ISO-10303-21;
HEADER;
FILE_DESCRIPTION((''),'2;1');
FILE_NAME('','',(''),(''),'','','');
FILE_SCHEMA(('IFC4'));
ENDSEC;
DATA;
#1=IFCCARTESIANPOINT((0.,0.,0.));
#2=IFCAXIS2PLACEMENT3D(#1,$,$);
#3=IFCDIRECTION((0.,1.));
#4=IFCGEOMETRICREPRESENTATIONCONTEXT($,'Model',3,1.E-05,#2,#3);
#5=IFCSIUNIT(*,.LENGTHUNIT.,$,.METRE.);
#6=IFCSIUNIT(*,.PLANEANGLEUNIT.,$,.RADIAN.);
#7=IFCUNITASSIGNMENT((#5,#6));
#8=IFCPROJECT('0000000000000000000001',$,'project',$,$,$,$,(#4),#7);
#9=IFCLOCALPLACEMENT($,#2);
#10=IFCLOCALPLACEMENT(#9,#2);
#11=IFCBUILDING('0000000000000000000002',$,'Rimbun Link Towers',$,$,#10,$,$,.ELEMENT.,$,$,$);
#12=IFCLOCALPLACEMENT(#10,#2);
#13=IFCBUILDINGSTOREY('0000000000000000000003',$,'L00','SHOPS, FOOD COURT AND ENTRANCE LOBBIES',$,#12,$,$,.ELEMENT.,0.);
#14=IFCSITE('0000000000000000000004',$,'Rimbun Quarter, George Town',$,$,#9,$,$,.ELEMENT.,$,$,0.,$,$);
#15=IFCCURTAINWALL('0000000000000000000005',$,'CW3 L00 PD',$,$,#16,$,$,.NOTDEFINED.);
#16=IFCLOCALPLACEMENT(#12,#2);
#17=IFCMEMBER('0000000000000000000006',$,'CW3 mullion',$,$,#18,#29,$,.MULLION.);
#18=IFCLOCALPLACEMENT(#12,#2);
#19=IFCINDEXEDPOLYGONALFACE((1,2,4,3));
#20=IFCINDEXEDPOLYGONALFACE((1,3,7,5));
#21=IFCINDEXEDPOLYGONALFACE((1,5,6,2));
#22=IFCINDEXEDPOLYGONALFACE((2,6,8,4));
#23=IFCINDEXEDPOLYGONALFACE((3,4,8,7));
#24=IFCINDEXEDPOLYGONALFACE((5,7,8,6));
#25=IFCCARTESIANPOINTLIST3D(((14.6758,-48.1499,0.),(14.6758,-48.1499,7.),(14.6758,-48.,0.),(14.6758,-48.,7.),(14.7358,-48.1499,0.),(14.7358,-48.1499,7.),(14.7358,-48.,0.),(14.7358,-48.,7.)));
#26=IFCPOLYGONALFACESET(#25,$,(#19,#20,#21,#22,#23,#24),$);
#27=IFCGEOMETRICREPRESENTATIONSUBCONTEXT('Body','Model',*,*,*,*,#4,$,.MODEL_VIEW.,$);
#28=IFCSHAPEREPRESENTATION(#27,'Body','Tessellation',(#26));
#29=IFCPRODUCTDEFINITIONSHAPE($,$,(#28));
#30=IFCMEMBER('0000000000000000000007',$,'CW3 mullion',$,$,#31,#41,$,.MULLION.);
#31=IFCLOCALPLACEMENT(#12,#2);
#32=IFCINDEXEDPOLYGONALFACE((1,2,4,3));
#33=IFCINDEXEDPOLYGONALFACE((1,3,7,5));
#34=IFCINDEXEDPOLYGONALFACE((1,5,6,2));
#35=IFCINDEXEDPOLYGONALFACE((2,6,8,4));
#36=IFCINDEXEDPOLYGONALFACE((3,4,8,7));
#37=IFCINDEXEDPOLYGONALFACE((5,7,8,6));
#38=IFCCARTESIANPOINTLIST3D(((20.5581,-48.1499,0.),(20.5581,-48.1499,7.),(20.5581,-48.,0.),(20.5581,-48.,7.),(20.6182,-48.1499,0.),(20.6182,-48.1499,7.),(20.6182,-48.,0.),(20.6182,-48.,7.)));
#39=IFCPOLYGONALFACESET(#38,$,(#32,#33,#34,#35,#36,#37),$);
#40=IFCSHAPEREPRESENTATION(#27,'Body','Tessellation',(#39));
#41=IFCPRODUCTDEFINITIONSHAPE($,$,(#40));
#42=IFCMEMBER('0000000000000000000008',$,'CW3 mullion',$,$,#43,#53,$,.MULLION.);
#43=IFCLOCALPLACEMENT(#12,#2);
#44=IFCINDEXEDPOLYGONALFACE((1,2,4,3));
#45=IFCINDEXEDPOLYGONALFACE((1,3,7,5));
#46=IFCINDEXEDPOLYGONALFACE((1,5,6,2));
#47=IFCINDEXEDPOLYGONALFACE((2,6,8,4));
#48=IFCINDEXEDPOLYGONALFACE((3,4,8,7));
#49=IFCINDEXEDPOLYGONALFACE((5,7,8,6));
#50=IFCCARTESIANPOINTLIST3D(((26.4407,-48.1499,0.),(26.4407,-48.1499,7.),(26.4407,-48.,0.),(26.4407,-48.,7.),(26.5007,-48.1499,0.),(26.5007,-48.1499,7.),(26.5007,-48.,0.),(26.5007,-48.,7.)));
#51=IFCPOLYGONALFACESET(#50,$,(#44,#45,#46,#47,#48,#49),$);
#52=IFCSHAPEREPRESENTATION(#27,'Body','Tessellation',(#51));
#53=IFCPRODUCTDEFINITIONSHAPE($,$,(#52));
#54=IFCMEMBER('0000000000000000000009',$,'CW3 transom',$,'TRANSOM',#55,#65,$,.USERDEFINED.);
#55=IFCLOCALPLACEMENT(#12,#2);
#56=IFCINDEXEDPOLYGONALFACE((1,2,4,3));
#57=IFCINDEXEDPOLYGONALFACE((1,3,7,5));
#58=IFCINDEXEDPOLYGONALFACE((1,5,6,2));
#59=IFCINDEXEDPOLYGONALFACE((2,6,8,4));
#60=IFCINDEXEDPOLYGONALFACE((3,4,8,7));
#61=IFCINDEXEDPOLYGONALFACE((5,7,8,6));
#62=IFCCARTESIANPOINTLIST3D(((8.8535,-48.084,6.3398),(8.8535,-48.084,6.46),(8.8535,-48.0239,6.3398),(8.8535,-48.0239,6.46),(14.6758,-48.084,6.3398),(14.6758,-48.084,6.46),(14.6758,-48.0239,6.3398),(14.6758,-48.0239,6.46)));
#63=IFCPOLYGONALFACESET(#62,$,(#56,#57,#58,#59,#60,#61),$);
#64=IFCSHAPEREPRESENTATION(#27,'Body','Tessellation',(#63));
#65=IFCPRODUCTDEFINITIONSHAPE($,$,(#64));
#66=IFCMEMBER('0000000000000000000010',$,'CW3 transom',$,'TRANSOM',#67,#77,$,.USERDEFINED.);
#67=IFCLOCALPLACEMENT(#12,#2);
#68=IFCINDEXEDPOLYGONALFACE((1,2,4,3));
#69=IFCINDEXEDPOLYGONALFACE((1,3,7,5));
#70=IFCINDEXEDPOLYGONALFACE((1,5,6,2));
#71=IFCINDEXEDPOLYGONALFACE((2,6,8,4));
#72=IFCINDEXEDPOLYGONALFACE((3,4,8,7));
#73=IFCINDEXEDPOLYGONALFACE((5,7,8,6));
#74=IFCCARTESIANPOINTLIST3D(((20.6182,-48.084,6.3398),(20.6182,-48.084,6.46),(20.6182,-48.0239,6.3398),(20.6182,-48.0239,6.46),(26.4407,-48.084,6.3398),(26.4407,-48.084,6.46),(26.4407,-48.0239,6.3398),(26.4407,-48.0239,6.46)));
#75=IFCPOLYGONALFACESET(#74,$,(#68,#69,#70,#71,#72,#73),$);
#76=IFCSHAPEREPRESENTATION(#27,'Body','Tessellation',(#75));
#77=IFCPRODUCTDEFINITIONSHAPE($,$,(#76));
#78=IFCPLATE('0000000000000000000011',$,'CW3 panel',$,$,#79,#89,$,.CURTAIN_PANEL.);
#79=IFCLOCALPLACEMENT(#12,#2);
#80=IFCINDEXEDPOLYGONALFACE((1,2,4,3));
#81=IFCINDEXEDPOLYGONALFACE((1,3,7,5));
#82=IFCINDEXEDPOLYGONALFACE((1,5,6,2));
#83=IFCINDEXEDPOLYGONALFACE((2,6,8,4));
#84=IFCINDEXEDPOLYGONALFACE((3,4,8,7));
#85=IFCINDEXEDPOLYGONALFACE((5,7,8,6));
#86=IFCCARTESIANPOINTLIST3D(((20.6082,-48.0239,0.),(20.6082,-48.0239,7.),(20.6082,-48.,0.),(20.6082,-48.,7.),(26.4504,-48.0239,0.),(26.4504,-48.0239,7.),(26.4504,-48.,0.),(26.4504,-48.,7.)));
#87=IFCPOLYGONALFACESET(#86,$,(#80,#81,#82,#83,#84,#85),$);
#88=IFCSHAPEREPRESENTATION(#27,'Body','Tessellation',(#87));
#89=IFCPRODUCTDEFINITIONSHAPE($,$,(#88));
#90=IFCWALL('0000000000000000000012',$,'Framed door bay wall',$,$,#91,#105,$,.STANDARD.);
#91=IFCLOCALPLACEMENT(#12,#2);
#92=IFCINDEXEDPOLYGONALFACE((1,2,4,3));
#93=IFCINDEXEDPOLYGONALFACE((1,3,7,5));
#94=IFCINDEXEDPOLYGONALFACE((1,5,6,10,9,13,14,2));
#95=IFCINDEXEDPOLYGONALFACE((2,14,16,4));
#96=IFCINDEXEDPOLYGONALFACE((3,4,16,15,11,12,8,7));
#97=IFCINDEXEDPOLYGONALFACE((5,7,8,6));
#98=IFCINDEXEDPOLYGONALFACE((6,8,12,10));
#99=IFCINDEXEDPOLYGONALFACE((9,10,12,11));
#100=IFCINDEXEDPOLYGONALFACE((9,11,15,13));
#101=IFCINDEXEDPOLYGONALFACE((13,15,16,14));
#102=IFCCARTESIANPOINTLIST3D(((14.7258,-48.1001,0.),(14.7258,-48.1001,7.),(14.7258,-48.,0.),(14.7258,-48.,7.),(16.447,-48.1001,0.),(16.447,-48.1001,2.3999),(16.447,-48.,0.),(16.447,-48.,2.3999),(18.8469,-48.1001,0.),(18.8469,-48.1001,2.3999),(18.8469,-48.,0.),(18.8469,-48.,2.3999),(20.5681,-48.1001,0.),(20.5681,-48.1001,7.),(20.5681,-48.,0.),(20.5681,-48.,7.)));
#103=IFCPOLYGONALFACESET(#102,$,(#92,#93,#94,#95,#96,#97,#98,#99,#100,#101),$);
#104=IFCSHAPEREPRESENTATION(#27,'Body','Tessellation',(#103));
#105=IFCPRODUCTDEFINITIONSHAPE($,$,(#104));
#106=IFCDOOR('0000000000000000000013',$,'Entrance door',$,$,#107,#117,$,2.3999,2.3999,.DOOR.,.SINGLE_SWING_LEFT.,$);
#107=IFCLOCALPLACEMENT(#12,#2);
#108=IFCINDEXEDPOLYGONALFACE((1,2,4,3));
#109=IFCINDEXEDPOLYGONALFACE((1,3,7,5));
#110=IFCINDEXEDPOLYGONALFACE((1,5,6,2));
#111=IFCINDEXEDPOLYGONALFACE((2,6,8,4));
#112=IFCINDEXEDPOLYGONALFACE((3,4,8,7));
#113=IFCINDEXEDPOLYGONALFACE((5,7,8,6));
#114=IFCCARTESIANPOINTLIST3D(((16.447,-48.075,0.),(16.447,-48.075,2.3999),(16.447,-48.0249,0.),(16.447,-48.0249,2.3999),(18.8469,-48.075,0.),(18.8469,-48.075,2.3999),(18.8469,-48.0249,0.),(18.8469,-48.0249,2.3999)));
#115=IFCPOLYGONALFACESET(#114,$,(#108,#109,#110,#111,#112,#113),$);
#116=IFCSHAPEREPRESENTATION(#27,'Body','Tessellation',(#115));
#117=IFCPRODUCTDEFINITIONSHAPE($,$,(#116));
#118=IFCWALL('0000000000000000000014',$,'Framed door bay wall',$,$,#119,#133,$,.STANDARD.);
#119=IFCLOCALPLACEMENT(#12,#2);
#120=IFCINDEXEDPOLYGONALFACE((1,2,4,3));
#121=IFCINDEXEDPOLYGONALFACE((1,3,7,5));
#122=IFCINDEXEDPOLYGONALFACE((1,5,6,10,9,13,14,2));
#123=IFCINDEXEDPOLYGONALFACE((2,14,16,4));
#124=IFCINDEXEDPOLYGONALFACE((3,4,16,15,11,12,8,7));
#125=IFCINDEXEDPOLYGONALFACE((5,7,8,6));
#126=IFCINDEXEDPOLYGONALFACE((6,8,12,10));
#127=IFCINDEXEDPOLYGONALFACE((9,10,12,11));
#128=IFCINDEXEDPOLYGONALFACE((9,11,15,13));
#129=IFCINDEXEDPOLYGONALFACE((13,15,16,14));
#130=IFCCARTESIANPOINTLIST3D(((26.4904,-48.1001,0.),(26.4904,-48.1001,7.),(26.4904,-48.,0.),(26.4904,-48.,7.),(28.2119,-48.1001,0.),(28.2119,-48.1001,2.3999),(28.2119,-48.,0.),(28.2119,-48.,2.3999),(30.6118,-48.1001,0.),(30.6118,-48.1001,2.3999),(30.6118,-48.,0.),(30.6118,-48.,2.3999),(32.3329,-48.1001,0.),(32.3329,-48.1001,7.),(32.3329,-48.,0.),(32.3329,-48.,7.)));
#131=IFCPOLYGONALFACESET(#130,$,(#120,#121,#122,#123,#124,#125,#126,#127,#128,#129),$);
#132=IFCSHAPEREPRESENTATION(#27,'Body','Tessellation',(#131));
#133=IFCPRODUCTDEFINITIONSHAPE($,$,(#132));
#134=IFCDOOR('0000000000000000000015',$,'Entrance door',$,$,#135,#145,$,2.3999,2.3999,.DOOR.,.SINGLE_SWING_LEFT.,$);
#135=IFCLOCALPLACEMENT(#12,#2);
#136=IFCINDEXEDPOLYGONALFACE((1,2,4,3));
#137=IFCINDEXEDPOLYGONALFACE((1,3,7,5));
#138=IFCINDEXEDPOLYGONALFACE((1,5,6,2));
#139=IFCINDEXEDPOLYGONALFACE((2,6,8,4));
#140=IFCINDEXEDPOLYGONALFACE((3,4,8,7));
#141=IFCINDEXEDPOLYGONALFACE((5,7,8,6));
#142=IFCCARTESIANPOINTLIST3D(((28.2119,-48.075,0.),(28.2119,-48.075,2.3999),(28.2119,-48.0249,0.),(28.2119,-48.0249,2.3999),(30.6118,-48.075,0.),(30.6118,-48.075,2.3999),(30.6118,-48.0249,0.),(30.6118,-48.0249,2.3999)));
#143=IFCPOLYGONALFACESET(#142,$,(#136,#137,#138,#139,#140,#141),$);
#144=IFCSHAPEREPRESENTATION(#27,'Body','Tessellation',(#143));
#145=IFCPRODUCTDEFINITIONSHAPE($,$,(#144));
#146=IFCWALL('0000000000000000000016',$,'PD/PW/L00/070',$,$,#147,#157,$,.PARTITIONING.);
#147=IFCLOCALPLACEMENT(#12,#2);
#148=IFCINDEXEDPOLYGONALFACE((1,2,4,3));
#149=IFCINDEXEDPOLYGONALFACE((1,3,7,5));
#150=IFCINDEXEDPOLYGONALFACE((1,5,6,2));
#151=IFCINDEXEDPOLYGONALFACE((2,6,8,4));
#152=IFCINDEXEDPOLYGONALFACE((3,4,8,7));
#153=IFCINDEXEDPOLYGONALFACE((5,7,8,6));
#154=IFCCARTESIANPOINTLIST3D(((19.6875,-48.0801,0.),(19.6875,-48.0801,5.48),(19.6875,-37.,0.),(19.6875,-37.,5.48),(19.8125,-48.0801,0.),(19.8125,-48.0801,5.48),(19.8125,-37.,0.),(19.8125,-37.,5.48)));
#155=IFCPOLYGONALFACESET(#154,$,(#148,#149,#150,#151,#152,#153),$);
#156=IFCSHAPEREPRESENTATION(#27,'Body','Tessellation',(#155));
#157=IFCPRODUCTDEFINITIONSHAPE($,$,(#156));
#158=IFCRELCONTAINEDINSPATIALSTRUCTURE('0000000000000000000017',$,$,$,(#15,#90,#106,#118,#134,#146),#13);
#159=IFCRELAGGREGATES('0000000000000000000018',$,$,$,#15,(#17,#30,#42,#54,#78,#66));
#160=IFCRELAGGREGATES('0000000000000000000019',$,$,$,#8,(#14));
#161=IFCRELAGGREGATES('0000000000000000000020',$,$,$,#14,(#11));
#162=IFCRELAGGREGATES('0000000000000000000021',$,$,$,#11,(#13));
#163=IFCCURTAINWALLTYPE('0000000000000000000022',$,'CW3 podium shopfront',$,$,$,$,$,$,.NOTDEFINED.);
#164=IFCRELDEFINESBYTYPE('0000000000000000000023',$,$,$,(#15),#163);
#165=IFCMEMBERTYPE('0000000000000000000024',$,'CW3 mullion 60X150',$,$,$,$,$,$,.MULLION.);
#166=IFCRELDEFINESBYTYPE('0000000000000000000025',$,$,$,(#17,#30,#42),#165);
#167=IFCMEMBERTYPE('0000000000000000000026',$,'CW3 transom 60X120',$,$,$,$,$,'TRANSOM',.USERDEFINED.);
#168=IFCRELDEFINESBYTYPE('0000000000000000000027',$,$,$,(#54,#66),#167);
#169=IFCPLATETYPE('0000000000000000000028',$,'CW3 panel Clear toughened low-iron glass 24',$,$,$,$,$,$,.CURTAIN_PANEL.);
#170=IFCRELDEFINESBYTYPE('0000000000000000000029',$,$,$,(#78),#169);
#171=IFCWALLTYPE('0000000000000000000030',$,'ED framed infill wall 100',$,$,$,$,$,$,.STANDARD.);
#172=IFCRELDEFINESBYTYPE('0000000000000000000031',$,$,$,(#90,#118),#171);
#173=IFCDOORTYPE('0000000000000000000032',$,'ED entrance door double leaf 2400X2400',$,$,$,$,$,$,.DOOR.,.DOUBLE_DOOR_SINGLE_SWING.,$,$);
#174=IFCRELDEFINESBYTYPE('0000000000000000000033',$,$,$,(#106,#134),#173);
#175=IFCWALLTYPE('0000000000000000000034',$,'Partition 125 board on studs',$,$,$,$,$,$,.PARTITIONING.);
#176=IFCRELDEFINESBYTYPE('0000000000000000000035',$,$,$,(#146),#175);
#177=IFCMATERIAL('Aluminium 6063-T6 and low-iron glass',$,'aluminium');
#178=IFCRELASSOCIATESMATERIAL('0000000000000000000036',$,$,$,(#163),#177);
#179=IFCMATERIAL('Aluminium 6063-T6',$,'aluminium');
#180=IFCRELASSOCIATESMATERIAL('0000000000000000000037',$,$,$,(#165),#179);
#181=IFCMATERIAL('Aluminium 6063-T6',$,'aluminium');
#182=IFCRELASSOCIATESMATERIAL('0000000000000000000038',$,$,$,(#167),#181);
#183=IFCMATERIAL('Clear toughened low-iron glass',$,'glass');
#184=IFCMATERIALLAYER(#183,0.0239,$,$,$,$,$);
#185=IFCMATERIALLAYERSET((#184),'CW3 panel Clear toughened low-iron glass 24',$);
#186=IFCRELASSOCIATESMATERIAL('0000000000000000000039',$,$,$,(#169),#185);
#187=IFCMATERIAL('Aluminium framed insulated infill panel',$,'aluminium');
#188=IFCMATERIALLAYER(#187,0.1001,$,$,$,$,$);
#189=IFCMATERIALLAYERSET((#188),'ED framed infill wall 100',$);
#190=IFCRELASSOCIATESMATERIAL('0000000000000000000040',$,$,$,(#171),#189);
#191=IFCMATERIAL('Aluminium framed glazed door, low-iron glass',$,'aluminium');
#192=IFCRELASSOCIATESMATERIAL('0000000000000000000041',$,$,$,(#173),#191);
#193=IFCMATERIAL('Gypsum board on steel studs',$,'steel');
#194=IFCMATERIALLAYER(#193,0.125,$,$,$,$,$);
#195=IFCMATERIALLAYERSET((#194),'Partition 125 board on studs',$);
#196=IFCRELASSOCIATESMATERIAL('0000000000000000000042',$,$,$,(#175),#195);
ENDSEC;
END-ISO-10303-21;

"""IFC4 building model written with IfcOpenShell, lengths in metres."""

from ifc_helpers import new_model, si_unit, direction, frame, frame_2d, origin, origin_2d, place, context, subcontext, project, spatial, rectangle, extrude, material, layer, layer_set, material_profile, profile_set, type_object, element, fill, aggregate, save


model = new_model("IFC4")

# Units and contexts
model_context = context("Model", 3, precision=1e-05, world=origin(), true_north=direction((0.0, 1.0)))
body_context = subcontext(model_context, "Body", "Model", "MODEL_VIEW")
ifc_project = project(units=[si_unit("LENGTHUNIT", "METRE"), si_unit("PLANEANGLEUNIT", "RADIAN")], contexts=[model_context])

# Site, building, storey
site_placement = place(None, origin())
site = spatial("IfcSite", under=ifc_project, at=site_placement, Name="Rimbun Quarter, George Town", CompositionType="ELEMENT", RefElevation=0.0)
building_placement = place(site_placement, origin())
building = spatial("IfcBuilding", under=site, at=building_placement, Name="Rimbun Link Towers", CompositionType="ELEMENT")
storey_placement = place(building_placement, origin())
storey = spatial("IfcBuildingStorey", under=building, at=storey_placement, Name="L00", Description="SHOPS, FOOD COURT AND ENTRANCE LOBBIES", CompositionType="ELEMENT", Elevation=0.0)

# Curtain wall, members, plate
ifc_material_1 = material(Name="Aluminium 6063-T6 and low-iron glass", Category="aluminium")
curtain_wall_type = type_object("IfcCurtainWallType", Name="CW3 podium shopfront", PredefinedType="NOTDEFINED", material=ifc_material_1)
curtain_wall_placement = place(storey_placement, origin())
curtain_wall = element("IfcCurtainWall", 1, at=curtain_wall_placement, inside=storey, type_object=curtain_wall_type, Name="CW3 L00 PD", PredefinedType="NOTDEFINED")
ifc_material_2 = material(Name="Aluminium 6063-T6", Category="aluminium")
ifc_material_profile_1 = material_profile(ifc_material_2, rectangle(XDim=0.1499, YDim=0.0601, at=origin_2d()), Name="MULLION 60X150")
ifc_profile_set_1 = profile_set([ifc_material_profile_1], Name="Aluminium 6063-T6")
member_type_1 = type_object("IfcMemberType", Name="CW3 mullion 60X150", PredefinedType="MULLION", material=ifc_profile_set_1)
member_1_placement = place(storey_placement, frame((14.7058, -48.075, 0.0), z_axis=(0.0, 0.0, 1.0), x_axis=(0.0, -1.0, 0.0)))
member_1 = element("IfcMember", 2, at=member_1_placement, type_object=member_type_1, Name="CW3 mullion", PredefinedType="MULLION", context=body_context, shape_type="SweptSolid", body=[
    extrude(rectangle(XDim=0.1499, YDim=0.0601, at=origin_2d()), origin(), (0.0, 0.0, 1.0), 7.0),
])
member_2_placement = place(storey_placement, frame((20.5881, -48.075, 0.0), z_axis=(0.0, 0.0, 1.0), x_axis=(0.0, -1.0, 0.0)))
member_2 = element("IfcMember", 3, at=member_2_placement, type_object=member_type_1, Name="CW3 mullion", PredefinedType="MULLION", context=body_context, shape_type="SweptSolid", body=[
    extrude(rectangle(XDim=0.1499, YDim=0.0601, at=origin_2d()), origin(), (0.0, 0.0, 1.0), 7.0),
])
member_3_placement = place(storey_placement, frame((26.4707, -48.075, 0.0), z_axis=(0.0, 0.0, 1.0), x_axis=(0.0, -1.0, 0.0)))
member_3 = element("IfcMember", 4, at=member_3_placement, type_object=member_type_1, Name="CW3 mullion", PredefinedType="MULLION", context=body_context, shape_type="SweptSolid", body=[
    extrude(rectangle(XDim=0.1499, YDim=0.0601, at=origin_2d()), origin(), (0.0, 0.0, 1.0), 7.0),
])
ifc_material_3 = material(Name="Aluminium 6063-T6", Category="aluminium")
ifc_material_profile_2 = material_profile(ifc_material_3, rectangle(XDim=0.0601, YDim=0.1201, at=origin_2d()), Name="TRANSOM 60X120")
ifc_profile_set_2 = profile_set([ifc_material_profile_2], Name="Aluminium 6063-T6")
member_type_2 = type_object("IfcMemberType", Name="CW3 transom 60X120", ElementType="TRANSOM", PredefinedType="USERDEFINED", material=ifc_profile_set_2)
member_4_placement = place(storey_placement, frame((14.6758, -48.054, 6.3999), z_axis=(-1.0, 0.0, 0.0), x_axis=(0.0, -1.0, 0.0)))
member_4 = element("IfcMember", 5, at=member_4_placement, type_object=member_type_2, Name="CW3 transom", ObjectType="TRANSOM", PredefinedType="USERDEFINED", context=body_context, shape_type="SweptSolid", body=[
    extrude(rectangle(XDim=0.0601, YDim=0.1201, at=origin_2d()), origin(), (0.0, 0.0, 1.0), 5.8223),
])
member_5_placement = place(storey_placement, frame((26.4407, -48.054, 6.3999), z_axis=(-1.0, 0.0, 0.0), x_axis=(0.0, -1.0, 0.0)))
member_5 = element("IfcMember", 6, at=member_5_placement, type_object=member_type_2, Name="CW3 transom", ObjectType="TRANSOM", PredefinedType="USERDEFINED", context=body_context, shape_type="SweptSolid", body=[
    extrude(rectangle(XDim=0.0601, YDim=0.1201, at=origin_2d()), origin(), (0.0, 0.0, 1.0), 5.8225),
])
ifc_material_4 = material(Name="Clear toughened low-iron glass", Category="glass")
ifc_layer_1 = layer(ifc_material_4, 0.0239)
ifc_layer_set_1 = layer_set([ifc_layer_1], Name="CW3 panel Clear toughened low-iron glass 24")
plate_type = type_object("IfcPlateType", Name="CW3 panel Clear toughened low-iron glass 24", PredefinedType="CURTAIN_PANEL", material=ifc_layer_set_1)
plate_placement = place(storey_placement, frame((23.5293, -48.012, 0.0), z_axis=(0.0, 0.0, 1.0), x_axis=(-1.0, 0.0, 0.0)))
plate = element("IfcPlate", 7, at=plate_placement, type_object=plate_type, Name="CW3 panel", PredefinedType="CURTAIN_PANEL", context=body_context, shape_type="SweptSolid", body=[
    extrude(rectangle(XDim=5.8423, YDim=0.0239, at=origin_2d()), origin(), (0.0, 0.0, 1.0), 7.0),
])
aggregate(curtain_wall, [member_1, member_2, member_3, member_4, plate, member_5])

# Walls, openings, doors
ifc_material_5 = material(Name="Aluminium framed insulated infill panel", Category="aluminium")
ifc_layer_2 = layer(ifc_material_5, 0.1001)
ifc_layer_set_2 = layer_set([ifc_layer_2], Name="ED framed infill wall 100")
wall_type_1 = type_object("IfcWallType", Name="ED framed infill wall 100", PredefinedType="STANDARD", material=ifc_layer_set_2)
wall_1_placement = place(storey_placement, frame((20.5681, -48.05, 0.0), z_axis=(0.0, 0.0, 1.0), x_axis=(-1.0, 0.0, 0.0)))
wall_1 = element("IfcWall", 8, at=wall_1_placement, inside=storey, type_object=wall_type_1, Name="Framed door bay wall", PredefinedType="STANDARD", context=body_context, shape_type="SweptSolid", body=[
    extrude(rectangle(XDim=5.8423, YDim=0.1001, at=frame_2d((2.9211, 0.0))), origin(), (0.0, 0.0, 1.0), 7.0),
])
opening_1_placement = place(wall_1_placement, frame((1.7212, 0.0, 0.0)))
opening_1 = element("IfcOpeningElement", 9, at=opening_1_placement, cuts=wall_1, PredefinedType="OPENING", context=body_context, shape_type="SweptSolid", body=[
    extrude(rectangle(XDim=2.3999, YDim=2.3999, at=frame_2d((1.2, 1.2))), frame((0.0, 0.0601, 0.0), z_axis=(0.0, -1.0, 0.0), x_axis=(1.0, 0.0, 0.0)), (0.0, 0.0, 1.0), 0.1201),
])
ifc_material_6 = material(Name="Aluminium framed glazed door, low-iron glass", Category="aluminium")
door_type = type_object("IfcDoorType", Name="ED entrance door double leaf 2400X2400", OperationType="DOUBLE_DOOR_SINGLE_SWING", PredefinedType="DOOR", material=ifc_material_6)
door_1_placement = place(opening_1_placement, origin())
door_1 = element("IfcDoor", 10, at=door_1_placement, inside=storey, type_object=door_type, Name="Entrance door", OperationType="SINGLE_SWING_LEFT", OverallHeight=2.3999, OverallWidth=2.3999, PredefinedType="DOOR", context=body_context, shape_type="SweptSolid", body=[
    extrude(rectangle(XDim=2.3999, YDim=2.3999, at=frame_2d((1.2, 1.2))), frame((0.0, 0.0249, 0.0), z_axis=(0.0, -1.0, 0.0), x_axis=(1.0, 0.0, 0.0)), (0.0, 0.0, 1.0), 0.05),
])
fill(opening_1, door_1)
wall_2_placement = place(storey_placement, frame((32.333, -48.05, 0.0), z_axis=(0.0, 0.0, 1.0), x_axis=(-1.0, 0.0, 0.0)))
wall_2 = element("IfcWall", 11, at=wall_2_placement, inside=storey, type_object=wall_type_1, Name="Framed door bay wall", PredefinedType="STANDARD", context=body_context, shape_type="SweptSolid", body=[
    extrude(rectangle(XDim=5.8425, YDim=0.1001, at=frame_2d((2.9214, 0.0))), origin(), (0.0, 0.0, 1.0), 7.0),
])
opening_2_placement = place(wall_2_placement, frame((1.7212, 0.0, 0.0)))
opening_2 = element("IfcOpeningElement", 12, at=opening_2_placement, cuts=wall_2, PredefinedType="OPENING", context=body_context, shape_type="SweptSolid", body=[
    extrude(rectangle(XDim=2.3999, YDim=2.3999, at=frame_2d((1.2, 1.2))), frame((0.0, 0.0601, 0.0), z_axis=(0.0, -1.0, 0.0), x_axis=(1.0, 0.0, 0.0)), (0.0, 0.0, 1.0), 0.1201),
])
door_2_placement = place(opening_2_placement, origin())
door_2 = element("IfcDoor", 13, at=door_2_placement, inside=storey, type_object=door_type, Name="Entrance door", OperationType="SINGLE_SWING_LEFT", OverallHeight=2.3999, OverallWidth=2.3999, PredefinedType="DOOR", context=body_context, shape_type="SweptSolid", body=[
    extrude(rectangle(XDim=2.3999, YDim=2.3999, at=frame_2d((1.2, 1.2))), frame((0.0, 0.0249, 0.0), z_axis=(0.0, -1.0, 0.0), x_axis=(1.0, 0.0, 0.0)), (0.0, 0.0, 1.0), 0.05),
])
fill(opening_2, door_2)

# Wall
ifc_material_7 = material(Name="Gypsum board on steel studs", Category="steel")
ifc_layer_3 = layer(ifc_material_7, 0.125)
ifc_layer_set_3 = layer_set([ifc_layer_3], Name="Partition 125 board on studs")
wall_type_2 = type_object("IfcWallType", Name="Partition 125 board on studs", PredefinedType="PARTITIONING", material=ifc_layer_set_3)
wall_3_placement = place(storey_placement, frame((19.75, -37.0, 0.0), z_axis=(0.0, 0.0, 1.0), x_axis=(0.0, -1.0, 0.0)))
element("IfcWall", 14, at=wall_3_placement, inside=storey, type_object=wall_type_2, Name="PD/PW/L00/070", PredefinedType="PARTITIONING", context=body_context, shape_type="SweptSolid", body=[
    extrude(rectangle(XDim=11.0801, YDim=0.125, at=frame_2d((5.54, 0.0))), origin(), (0.0, 0.0, 1.0), 5.48),
])

save(model, "model.ifc")
